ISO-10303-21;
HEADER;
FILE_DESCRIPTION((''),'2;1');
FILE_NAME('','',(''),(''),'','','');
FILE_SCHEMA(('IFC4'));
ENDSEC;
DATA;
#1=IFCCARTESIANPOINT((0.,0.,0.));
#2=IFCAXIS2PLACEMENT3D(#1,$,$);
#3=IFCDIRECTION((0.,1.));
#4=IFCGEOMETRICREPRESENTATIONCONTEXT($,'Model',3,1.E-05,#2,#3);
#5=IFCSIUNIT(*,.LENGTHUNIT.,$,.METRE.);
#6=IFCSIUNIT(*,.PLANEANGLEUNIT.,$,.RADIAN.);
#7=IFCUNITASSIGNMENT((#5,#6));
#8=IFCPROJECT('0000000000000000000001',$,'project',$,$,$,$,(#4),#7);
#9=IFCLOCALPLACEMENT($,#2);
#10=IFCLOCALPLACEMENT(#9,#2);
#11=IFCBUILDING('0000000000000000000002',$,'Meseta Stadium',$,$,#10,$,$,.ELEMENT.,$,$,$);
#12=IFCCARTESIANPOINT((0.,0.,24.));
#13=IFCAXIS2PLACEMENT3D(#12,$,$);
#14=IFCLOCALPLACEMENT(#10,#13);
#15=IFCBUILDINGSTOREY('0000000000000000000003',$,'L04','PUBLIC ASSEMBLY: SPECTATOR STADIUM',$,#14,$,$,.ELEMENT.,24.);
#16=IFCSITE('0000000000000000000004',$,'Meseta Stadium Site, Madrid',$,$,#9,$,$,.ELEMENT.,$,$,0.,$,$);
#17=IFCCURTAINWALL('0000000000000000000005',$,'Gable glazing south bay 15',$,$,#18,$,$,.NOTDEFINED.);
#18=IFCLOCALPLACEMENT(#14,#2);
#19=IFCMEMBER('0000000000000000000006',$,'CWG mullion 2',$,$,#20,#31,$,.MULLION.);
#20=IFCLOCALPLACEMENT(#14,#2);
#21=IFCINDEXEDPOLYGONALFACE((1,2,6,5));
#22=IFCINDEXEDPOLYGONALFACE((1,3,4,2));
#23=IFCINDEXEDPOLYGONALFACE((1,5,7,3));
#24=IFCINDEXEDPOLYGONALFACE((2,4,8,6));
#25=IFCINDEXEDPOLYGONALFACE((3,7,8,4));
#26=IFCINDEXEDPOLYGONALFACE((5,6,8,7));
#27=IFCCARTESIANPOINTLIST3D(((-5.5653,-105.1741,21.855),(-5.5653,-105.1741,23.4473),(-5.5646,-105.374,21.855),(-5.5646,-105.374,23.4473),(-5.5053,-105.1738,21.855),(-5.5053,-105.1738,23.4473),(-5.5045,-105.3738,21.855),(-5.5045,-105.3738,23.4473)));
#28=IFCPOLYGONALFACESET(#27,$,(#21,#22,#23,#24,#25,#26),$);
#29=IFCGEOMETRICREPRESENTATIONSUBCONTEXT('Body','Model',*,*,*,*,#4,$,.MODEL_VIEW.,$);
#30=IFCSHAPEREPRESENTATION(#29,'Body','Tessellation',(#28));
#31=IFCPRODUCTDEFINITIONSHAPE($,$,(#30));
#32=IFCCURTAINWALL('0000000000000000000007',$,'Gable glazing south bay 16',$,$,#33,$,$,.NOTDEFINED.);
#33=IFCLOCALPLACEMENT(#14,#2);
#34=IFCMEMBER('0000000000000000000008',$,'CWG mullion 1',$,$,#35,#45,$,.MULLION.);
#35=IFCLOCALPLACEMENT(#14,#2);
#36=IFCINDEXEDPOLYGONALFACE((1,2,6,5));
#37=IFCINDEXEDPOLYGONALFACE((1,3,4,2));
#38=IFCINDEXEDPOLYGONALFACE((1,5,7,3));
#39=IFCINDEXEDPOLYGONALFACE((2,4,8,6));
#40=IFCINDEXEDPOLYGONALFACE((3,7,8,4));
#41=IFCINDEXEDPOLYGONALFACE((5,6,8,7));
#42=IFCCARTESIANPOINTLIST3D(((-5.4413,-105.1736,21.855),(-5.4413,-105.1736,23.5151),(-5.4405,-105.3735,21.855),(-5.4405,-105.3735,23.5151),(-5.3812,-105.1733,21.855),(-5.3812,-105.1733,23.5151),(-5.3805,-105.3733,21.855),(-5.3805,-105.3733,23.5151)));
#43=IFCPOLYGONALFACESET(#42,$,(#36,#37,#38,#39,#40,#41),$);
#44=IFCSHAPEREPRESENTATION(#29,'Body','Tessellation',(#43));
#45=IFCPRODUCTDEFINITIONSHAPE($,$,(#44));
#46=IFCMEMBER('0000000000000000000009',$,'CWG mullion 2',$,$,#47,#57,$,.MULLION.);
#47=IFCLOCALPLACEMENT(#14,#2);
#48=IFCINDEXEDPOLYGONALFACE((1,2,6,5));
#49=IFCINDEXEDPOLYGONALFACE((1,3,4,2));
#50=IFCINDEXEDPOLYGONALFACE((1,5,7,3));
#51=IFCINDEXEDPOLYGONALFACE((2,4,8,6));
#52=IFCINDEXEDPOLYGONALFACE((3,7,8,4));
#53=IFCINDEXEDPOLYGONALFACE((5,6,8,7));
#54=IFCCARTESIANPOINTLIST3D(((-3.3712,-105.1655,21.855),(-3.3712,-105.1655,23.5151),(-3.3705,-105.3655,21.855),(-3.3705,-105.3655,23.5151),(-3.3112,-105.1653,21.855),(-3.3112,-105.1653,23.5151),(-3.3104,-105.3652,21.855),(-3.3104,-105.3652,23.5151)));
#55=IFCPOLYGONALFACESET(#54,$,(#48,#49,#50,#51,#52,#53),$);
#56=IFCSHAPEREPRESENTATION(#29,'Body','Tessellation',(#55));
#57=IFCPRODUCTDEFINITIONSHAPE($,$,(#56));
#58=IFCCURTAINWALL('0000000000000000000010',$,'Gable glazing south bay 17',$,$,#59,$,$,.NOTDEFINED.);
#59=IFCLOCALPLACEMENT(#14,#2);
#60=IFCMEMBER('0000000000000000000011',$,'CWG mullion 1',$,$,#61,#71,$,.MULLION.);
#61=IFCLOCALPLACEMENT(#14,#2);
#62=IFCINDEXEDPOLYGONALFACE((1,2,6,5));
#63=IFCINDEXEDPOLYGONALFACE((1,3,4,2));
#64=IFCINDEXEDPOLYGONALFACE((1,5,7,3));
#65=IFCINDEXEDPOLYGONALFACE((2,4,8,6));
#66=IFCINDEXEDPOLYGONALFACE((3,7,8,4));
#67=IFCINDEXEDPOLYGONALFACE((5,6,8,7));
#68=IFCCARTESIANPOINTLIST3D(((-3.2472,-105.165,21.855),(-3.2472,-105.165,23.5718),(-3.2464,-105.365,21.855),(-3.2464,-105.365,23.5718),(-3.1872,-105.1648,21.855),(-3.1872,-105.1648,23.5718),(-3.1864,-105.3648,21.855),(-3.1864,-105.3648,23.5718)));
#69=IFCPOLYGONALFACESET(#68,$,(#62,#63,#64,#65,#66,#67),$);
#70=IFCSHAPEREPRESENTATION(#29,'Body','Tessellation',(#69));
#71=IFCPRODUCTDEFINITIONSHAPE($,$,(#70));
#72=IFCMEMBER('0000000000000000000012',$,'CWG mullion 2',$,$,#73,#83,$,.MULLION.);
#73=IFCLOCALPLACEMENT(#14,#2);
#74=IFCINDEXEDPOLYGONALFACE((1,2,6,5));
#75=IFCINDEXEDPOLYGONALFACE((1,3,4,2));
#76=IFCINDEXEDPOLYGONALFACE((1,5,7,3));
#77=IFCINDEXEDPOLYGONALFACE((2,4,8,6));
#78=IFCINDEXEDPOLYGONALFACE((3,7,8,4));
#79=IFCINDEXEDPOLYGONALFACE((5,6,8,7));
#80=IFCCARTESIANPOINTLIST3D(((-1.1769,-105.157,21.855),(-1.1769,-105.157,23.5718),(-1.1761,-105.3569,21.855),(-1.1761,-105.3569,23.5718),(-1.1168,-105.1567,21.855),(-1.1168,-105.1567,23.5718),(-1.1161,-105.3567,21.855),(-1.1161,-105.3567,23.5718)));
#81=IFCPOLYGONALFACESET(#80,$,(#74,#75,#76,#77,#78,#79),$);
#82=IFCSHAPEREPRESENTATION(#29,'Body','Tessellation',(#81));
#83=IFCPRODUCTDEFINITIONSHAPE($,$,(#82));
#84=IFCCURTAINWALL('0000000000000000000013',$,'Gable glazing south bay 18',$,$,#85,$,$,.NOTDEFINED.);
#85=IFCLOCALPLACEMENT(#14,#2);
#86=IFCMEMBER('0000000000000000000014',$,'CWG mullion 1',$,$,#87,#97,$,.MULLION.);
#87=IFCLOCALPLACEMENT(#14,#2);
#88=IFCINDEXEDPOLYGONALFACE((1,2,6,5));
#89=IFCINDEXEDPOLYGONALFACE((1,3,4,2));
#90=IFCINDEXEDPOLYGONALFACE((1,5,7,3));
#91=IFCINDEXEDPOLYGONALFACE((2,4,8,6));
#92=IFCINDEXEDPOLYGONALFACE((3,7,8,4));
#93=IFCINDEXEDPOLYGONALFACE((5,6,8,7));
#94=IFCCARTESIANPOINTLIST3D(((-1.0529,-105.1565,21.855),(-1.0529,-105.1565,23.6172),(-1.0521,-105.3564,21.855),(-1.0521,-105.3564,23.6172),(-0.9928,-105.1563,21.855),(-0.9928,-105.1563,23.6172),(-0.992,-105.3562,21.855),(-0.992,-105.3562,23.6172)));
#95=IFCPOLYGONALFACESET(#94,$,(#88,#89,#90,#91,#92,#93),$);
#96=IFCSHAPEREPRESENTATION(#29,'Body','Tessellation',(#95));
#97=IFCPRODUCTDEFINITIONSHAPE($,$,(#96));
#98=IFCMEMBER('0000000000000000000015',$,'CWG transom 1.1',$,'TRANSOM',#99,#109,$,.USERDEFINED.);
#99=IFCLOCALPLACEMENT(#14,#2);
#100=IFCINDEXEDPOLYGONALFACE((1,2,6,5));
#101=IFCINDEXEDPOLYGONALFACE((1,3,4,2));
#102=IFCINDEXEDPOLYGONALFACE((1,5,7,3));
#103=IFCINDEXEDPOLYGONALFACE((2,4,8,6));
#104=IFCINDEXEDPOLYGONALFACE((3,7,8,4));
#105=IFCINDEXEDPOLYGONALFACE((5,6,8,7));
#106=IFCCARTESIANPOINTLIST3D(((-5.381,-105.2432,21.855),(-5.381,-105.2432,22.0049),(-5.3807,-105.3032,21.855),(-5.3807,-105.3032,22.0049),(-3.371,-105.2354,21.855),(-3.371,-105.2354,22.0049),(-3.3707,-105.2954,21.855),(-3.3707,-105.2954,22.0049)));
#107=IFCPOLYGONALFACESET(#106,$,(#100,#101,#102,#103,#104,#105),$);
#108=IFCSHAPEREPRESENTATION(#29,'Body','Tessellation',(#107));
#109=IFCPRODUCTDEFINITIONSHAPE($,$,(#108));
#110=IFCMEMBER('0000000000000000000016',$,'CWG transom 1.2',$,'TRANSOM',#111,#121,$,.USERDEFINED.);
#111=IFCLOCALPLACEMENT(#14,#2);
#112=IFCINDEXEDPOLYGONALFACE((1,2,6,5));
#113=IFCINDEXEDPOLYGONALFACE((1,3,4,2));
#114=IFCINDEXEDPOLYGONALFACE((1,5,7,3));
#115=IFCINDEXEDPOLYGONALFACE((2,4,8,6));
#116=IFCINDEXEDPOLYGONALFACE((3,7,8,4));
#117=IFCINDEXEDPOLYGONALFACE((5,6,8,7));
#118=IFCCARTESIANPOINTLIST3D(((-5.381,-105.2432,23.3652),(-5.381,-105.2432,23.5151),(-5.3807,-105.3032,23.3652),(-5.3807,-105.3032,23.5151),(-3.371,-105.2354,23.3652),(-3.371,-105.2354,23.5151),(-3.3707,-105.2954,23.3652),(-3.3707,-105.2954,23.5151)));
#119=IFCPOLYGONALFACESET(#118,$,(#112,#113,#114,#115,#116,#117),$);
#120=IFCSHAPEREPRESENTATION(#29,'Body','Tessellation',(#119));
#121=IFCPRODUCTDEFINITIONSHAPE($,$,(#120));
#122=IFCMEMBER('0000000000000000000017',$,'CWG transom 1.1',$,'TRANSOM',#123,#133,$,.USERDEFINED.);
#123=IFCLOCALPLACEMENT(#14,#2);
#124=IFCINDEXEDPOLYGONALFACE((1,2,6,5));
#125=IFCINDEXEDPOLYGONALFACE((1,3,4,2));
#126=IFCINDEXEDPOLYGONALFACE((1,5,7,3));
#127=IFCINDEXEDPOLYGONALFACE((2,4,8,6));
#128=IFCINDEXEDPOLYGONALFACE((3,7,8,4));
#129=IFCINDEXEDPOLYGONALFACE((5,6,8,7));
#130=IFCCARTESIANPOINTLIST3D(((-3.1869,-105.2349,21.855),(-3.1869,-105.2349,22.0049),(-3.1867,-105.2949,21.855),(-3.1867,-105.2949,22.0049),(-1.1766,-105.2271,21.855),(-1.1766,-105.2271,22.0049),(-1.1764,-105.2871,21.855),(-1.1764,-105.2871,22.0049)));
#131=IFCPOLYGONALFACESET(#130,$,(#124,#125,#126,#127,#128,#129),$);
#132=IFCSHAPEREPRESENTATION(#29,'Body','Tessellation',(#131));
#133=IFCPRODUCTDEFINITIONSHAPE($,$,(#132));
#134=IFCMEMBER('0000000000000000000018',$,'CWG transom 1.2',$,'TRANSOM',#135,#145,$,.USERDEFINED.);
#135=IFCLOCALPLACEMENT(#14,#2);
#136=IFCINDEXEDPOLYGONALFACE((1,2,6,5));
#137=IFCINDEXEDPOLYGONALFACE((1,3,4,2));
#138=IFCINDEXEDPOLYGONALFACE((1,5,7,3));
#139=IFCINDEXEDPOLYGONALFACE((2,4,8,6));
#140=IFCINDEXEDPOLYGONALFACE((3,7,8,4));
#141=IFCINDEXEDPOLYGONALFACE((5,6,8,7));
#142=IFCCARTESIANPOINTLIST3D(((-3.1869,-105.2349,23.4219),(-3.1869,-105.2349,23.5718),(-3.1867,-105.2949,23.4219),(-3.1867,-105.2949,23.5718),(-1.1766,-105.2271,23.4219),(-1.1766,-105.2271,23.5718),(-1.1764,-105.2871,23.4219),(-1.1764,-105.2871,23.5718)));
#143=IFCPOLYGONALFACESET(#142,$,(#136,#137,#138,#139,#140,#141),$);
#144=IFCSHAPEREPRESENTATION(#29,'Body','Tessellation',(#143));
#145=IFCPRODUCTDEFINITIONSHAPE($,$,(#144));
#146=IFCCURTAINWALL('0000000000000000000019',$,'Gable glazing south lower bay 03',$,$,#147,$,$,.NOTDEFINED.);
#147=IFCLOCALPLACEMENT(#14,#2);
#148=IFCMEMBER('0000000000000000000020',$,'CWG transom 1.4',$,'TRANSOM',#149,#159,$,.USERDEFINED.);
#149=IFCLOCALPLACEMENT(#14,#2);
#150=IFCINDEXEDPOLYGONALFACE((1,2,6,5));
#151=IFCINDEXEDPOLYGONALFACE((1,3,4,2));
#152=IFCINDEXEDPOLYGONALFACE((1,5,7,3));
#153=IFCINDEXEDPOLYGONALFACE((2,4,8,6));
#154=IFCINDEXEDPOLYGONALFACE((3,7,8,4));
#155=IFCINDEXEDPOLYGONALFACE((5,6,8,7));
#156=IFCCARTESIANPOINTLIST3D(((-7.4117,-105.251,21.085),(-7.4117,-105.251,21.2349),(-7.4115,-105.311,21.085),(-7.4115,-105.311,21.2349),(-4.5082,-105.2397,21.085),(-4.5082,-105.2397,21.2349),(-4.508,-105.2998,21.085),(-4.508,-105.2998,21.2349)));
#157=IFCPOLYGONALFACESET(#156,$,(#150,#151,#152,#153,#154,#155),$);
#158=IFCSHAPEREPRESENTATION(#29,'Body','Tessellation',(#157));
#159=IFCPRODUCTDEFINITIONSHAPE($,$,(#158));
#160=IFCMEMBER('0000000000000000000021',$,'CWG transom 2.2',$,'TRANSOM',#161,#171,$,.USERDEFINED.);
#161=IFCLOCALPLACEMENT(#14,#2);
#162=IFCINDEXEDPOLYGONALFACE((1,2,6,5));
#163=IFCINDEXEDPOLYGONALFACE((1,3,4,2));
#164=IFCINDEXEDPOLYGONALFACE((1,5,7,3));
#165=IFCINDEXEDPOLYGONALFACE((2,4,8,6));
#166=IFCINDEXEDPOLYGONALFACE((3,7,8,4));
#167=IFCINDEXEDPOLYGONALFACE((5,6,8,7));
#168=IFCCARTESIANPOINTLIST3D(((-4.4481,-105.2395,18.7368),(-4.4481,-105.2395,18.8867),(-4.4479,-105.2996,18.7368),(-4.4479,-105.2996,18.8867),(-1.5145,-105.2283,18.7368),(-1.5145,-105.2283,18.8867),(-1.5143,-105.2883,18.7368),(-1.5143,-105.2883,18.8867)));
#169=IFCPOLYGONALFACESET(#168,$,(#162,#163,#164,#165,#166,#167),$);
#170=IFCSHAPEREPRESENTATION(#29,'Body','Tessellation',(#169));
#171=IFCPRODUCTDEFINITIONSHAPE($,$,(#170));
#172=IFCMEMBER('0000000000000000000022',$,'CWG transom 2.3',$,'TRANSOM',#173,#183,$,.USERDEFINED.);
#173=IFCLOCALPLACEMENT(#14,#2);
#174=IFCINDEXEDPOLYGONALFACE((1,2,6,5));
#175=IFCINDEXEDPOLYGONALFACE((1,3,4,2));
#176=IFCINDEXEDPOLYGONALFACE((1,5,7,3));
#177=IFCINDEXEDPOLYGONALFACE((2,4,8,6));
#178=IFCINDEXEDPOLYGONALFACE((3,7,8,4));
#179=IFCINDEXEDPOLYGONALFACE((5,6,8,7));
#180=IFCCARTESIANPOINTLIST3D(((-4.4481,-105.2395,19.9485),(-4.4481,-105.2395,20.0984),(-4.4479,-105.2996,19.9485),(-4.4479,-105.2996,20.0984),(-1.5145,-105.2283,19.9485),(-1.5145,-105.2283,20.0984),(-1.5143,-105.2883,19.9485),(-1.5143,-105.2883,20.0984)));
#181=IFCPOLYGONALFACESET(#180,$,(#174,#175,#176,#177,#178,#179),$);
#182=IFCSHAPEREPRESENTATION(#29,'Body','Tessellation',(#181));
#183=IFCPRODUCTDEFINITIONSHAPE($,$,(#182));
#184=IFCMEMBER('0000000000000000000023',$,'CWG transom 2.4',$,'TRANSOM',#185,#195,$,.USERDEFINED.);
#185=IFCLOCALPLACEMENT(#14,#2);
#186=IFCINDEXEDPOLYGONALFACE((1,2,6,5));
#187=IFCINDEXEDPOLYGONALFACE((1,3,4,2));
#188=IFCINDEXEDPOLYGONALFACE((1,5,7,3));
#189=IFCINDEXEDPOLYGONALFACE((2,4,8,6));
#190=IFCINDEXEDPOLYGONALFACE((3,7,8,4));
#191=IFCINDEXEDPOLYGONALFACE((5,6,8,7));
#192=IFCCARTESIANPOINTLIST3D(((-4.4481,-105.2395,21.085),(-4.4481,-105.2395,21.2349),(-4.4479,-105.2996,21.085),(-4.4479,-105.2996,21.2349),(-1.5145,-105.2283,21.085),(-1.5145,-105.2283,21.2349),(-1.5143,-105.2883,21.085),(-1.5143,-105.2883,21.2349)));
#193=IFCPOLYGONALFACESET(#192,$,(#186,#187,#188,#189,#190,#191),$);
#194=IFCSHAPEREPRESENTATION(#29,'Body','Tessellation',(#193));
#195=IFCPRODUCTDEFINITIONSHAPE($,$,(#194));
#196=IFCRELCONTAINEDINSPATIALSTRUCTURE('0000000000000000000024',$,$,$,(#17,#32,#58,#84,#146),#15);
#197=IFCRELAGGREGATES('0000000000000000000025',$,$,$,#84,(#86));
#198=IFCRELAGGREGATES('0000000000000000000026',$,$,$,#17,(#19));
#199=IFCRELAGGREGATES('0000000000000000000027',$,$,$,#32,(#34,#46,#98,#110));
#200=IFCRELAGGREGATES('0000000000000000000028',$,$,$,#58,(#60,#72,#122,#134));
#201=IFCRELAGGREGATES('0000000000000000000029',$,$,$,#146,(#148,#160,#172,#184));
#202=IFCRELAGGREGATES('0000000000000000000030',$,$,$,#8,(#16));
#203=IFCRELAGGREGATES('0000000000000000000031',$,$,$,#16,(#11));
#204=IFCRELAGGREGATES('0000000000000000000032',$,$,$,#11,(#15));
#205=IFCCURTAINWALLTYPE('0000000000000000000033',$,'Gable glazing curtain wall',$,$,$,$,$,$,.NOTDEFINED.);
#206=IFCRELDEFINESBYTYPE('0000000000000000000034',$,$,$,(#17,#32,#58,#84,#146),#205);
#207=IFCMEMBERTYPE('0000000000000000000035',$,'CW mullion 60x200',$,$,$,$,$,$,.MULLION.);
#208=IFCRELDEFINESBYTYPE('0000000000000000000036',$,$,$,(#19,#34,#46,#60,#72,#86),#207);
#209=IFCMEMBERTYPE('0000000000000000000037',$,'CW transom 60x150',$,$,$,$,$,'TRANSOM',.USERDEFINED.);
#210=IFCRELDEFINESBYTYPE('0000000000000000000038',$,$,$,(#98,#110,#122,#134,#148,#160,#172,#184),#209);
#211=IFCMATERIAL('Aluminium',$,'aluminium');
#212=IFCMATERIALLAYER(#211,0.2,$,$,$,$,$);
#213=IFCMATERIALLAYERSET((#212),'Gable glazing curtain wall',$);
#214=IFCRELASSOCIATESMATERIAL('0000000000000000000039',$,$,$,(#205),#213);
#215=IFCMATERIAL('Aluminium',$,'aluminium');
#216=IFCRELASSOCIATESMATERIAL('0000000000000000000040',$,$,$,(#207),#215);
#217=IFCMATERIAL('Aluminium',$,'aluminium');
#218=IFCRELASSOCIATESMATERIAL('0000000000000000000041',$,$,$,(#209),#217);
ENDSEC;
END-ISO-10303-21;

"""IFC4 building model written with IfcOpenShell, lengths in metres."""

from ifc_helpers import new_model, si_unit, direction, frame, origin, origin_2d, place, context, subcontext, project, spatial, rectangle, extrude, material, layer, layer_set, material_profile, profile_set, type_object, element, aggregate, save


model = new_model("IFC4")

# Units and contexts
model_context = context("Model", 3, precision=1e-05, world=origin(), true_north=direction((0.0, 1.0)))
body_context = subcontext(model_context, "Body", "Model", "MODEL_VIEW")
ifc_project = project(units=[si_unit("LENGTHUNIT", "METRE"), si_unit("PLANEANGLEUNIT", "RADIAN")], contexts=[model_context])

# Site, building, storey
site_placement = place(None, origin())
site = spatial("IfcSite", under=ifc_project, at=site_placement, Name="Meseta Stadium Site, Madrid", CompositionType="ELEMENT", RefElevation=0.0)
building_placement = place(site_placement, origin())
building = spatial("IfcBuilding", under=site, at=building_placement, Name="Meseta Stadium", CompositionType="ELEMENT")
storey_placement = place(building_placement, frame((0.0, 0.0, 24.0)))
storey = spatial("IfcBuildingStorey", under=building, at=storey_placement, Name="L04", Description="PUBLIC ASSEMBLY: SPECTATOR STADIUM", CompositionType="ELEMENT", Elevation=24.0)

# Curtain wall, member
ifc_material_1 = material(Name="Aluminium", Category="aluminium")
ifc_layer_1 = layer(ifc_material_1, 0.2)
ifc_layer_set_1 = layer_set([ifc_layer_1], Name="Gable glazing curtain wall")
curtain_wall_type = type_object("IfcCurtainWallType", Name="Gable glazing curtain wall", PredefinedType="NOTDEFINED", material=ifc_layer_set_1)
curtain_wall_1_placement = place(storey_placement, origin())
curtain_wall_1 = element("IfcCurtainWall", 1, at=curtain_wall_1_placement, inside=storey, type_object=curtain_wall_type, Name="Gable glazing south bay 15", PredefinedType="NOTDEFINED")
ifc_material_2 = material(Name="Aluminium", Category="aluminium")
ifc_material_profile_1 = material_profile(ifc_material_2, rectangle(XDim=0.2, YDim=0.0601, at=origin_2d()), Name="CW 200x60")
ifc_profile_set_1 = profile_set([ifc_material_profile_1], Name="Aluminium")
member_type_1 = type_object("IfcMemberType", Name="CW mullion 60x200", PredefinedType="MULLION", material=ifc_profile_set_1)
member_1_placement = place(storey_placement, frame((-5.5349, -105.2739, 21.855), z_axis=(0.0, 0.0, 1.0), x_axis=(-0.003848, 0.999993, 0.0)))
member_1 = element("IfcMember", 2, at=member_1_placement, type_object=member_type_1, Name="CWG mullion 2", PredefinedType="MULLION", context=body_context, shape_type="SweptSolid", body=[
    extrude(rectangle(XDim=0.2, YDim=0.0601, at=origin_2d()), origin(), (0.0, 0.0, 1.0), 1.5923),
])

# Curtain walls, members
curtain_wall_2_placement = place(storey_placement, origin())
curtain_wall_2 = element("IfcCurtainWall", 3, at=curtain_wall_2_placement, inside=storey, type_object=curtain_wall_type, Name="Gable glazing south bay 16", PredefinedType="NOTDEFINED")
member_2_placement = place(storey_placement, frame((-5.4109, -105.2734, 21.855), z_axis=(0.0, 0.0, 1.0), x_axis=(-0.003848, 0.999993, 0.0)))
member_2 = element("IfcMember", 4, at=member_2_placement, type_object=member_type_1, Name="CWG mullion 1", PredefinedType="MULLION", context=body_context, shape_type="SweptSolid", body=[
    extrude(rectangle(XDim=0.2, YDim=0.0601, at=origin_2d()), origin(), (0.0, 0.0, 1.0), 1.6602),
])
member_3_placement = place(storey_placement, frame((-3.3408, -105.2654, 21.855), z_axis=(0.0, 0.0, 1.0), x_axis=(-0.003848, 0.999993, 0.0)))
member_3 = element("IfcMember", 5, at=member_3_placement, type_object=member_type_1, Name="CWG mullion 2", PredefinedType="MULLION", context=body_context, shape_type="SweptSolid", body=[
    extrude(rectangle(XDim=0.2, YDim=0.0601, at=origin_2d()), origin(), (0.0, 0.0, 1.0), 1.6602),
])
curtain_wall_3_placement = place(storey_placement, origin())
curtain_wall_3 = element("IfcCurtainWall", 6, at=curtain_wall_3_placement, inside=storey, type_object=curtain_wall_type, Name="Gable glazing south bay 17", PredefinedType="NOTDEFINED")
member_4_placement = place(storey_placement, frame((-3.2168, -105.2649, 21.855), z_axis=(0.0, 0.0, 1.0), x_axis=(-0.003848, 0.999993, 0.0)))
member_4 = element("IfcMember", 7, at=member_4_placement, type_object=member_type_1, Name="CWG mullion 1", PredefinedType="MULLION", context=body_context, shape_type="SweptSolid", body=[
    extrude(rectangle(XDim=0.2, YDim=0.0601, at=origin_2d()), origin(), (0.0, 0.0, 1.0), 1.7168),
])
member_5_placement = place(storey_placement, frame((-1.1465, -105.2568, 21.855), z_axis=(0.0, 0.0, 1.0), x_axis=(-0.003848, 0.999993, 0.0)))
member_5 = element("IfcMember", 8, at=member_5_placement, type_object=member_type_1, Name="CWG mullion 2", PredefinedType="MULLION", context=body_context, shape_type="SweptSolid", body=[
    extrude(rectangle(XDim=0.2, YDim=0.0601, at=origin_2d()), origin(), (0.0, 0.0, 1.0), 1.7168),
])

# Curtain wall, member
curtain_wall_4_placement = place(storey_placement, origin())
curtain_wall_4 = element("IfcCurtainWall", 9, at=curtain_wall_4_placement, inside=storey, type_object=curtain_wall_type, Name="Gable glazing south bay 18", PredefinedType="NOTDEFINED")
member_6_placement = place(storey_placement, frame((-1.0225, -105.2563, 21.855), z_axis=(0.0, 0.0, 1.0), x_axis=(-0.003848, 0.999993, 0.0)))
member_6 = element("IfcMember", 10, at=member_6_placement, type_object=member_type_1, Name="CWG mullion 1", PredefinedType="MULLION", context=body_context, shape_type="SweptSolid", body=[
    extrude(rectangle(XDim=0.2, YDim=0.0601, at=origin_2d()), origin(), (0.0, 0.0, 1.0), 1.7622),
])
aggregate(curtain_wall_4, [member_6])

# Members
ifc_material_3 = material(Name="Aluminium", Category="aluminium")
ifc_material_profile_2 = material_profile(ifc_material_3, rectangle(XDim=0.0601, YDim=0.1499, at=origin_2d()), Name="CW 60x150")
ifc_profile_set_2 = profile_set([ifc_material_profile_2], Name="Aluminium")
member_type_2 = type_object("IfcMemberType", Name="CW transom 60x150", ElementType="TRANSOM", PredefinedType="USERDEFINED", material=ifc_profile_set_2)
member_7_placement = place(storey_placement, frame((-5.3809, -105.2732, 21.9299), z_axis=(0.999992, 0.003887, 0.0), x_axis=(-0.003887, 0.999992, 0.0)))
member_7 = element("IfcMember", 11, at=member_7_placement, type_object=member_type_2, Name="CWG transom 1.1", ObjectType="TRANSOM", PredefinedType="USERDEFINED", context=body_context, shape_type="SweptSolid", body=[
    extrude(rectangle(XDim=0.0601, YDim=0.1499, at=origin_2d()), origin(), (0.0, 0.0, 1.0), 2.01),
])
member_8_placement = place(storey_placement, frame((-5.3809, -105.2732, 23.4402), z_axis=(0.999992, 0.003887, 0.0), x_axis=(-0.003887, 0.999992, 0.0)))
member_8 = element("IfcMember", 12, at=member_8_placement, type_object=member_type_2, Name="CWG transom 1.2", ObjectType="TRANSOM", PredefinedType="USERDEFINED", context=body_context, shape_type="SweptSolid", body=[
    extrude(rectangle(XDim=0.0601, YDim=0.1499, at=origin_2d()), origin(), (0.0, 0.0, 1.0), 2.01),
])
member_9_placement = place(storey_placement, frame((-3.1868, -105.2649, 21.9299), z_axis=(0.999992, 0.003886, 0.0), x_axis=(-0.003886, 0.999992, 0.0)))
member_9 = element("IfcMember", 13, at=member_9_placement, type_object=member_type_2, Name="CWG transom 1.1", ObjectType="TRANSOM", PredefinedType="USERDEFINED", context=body_context, shape_type="SweptSolid", body=[
    extrude(rectangle(XDim=0.0601, YDim=0.1499, at=origin_2d()), origin(), (0.0, 0.0, 1.0), 2.0103),
])
member_10_placement = place(storey_placement, frame((-3.1868, -105.2649, 23.4968), z_axis=(0.999992, 0.003886, 0.0), x_axis=(-0.003886, 0.999992, 0.0)))
member_10 = element("IfcMember", 14, at=member_10_placement, type_object=member_type_2, Name="CWG transom 1.2", ObjectType="TRANSOM", PredefinedType="USERDEFINED", context=body_context, shape_type="SweptSolid", body=[
    extrude(rectangle(XDim=0.0601, YDim=0.1499, at=origin_2d()), origin(), (0.0, 0.0, 1.0), 2.0103),
])

# Curtain wall, members
curtain_wall_5_placement = place(storey_placement, origin())
curtain_wall_5 = element("IfcCurtainWall", 15, at=curtain_wall_5_placement, inside=storey, type_object=curtain_wall_type, Name="Gable glazing south lower bay 03", PredefinedType="NOTDEFINED")
member_11_placement = place(storey_placement, frame((-7.4116, -105.281, 21.1599), z_axis=(0.999993, 0.003868, 0.0), x_axis=(-0.003868, 0.999993, 0.0)))
member_11 = element("IfcMember", 16, at=member_11_placement, type_object=member_type_2, Name="CWG transom 1.4", ObjectType="TRANSOM", PredefinedType="USERDEFINED", context=body_context, shape_type="SweptSolid", body=[
    extrude(rectangle(XDim=0.0601, YDim=0.1499, at=origin_2d()), origin(), (0.0, 0.0, 1.0), 2.9036),
])
member_12_placement = place(storey_placement, frame((-4.448, -105.2695, 18.8118), z_axis=(0.999993, 0.003828, 0.0), x_axis=(-0.003828, 0.999993, 0.0)))
member_12 = element("IfcMember", 17, at=member_12_placement, type_object=member_type_2, Name="CWG transom 2.2", ObjectType="TRANSOM", PredefinedType="USERDEFINED", context=body_context, shape_type="SweptSolid", body=[
    extrude(rectangle(XDim=0.0601, YDim=0.1499, at=origin_2d()), origin(), (0.0, 0.0, 1.0), 2.9336),
])
member_13_placement = place(storey_placement, frame((-4.448, -105.2695, 20.0234), z_axis=(0.999993, 0.003828, 0.0), x_axis=(-0.003828, 0.999993, 0.0)))
member_13 = element("IfcMember", 18, at=member_13_placement, type_object=member_type_2, Name="CWG transom 2.3", ObjectType="TRANSOM", PredefinedType="USERDEFINED", context=body_context, shape_type="SweptSolid", body=[
    extrude(rectangle(XDim=0.0601, YDim=0.1499, at=origin_2d()), origin(), (0.0, 0.0, 1.0), 2.9336),
])
member_14_placement = place(storey_placement, frame((-4.448, -105.2695, 21.1599), z_axis=(0.999993, 0.003828, 0.0), x_axis=(-0.003828, 0.999993, 0.0)))
member_14 = element("IfcMember", 19, at=member_14_placement, type_object=member_type_2, Name="CWG transom 2.4", ObjectType="TRANSOM", PredefinedType="USERDEFINED", context=body_context, shape_type="SweptSolid", body=[
    extrude(rectangle(XDim=0.0601, YDim=0.1499, at=origin_2d()), origin(), (0.0, 0.0, 1.0), 2.9336),
])

aggregate(curtain_wall_1, [member_1])
aggregate(curtain_wall_2, [member_2, member_3, member_7, member_8])
aggregate(curtain_wall_3, [member_4, member_5, member_9, member_10])
aggregate(curtain_wall_5, [member_11, member_12, member_13, member_14])

save(model, "model.ifc")
